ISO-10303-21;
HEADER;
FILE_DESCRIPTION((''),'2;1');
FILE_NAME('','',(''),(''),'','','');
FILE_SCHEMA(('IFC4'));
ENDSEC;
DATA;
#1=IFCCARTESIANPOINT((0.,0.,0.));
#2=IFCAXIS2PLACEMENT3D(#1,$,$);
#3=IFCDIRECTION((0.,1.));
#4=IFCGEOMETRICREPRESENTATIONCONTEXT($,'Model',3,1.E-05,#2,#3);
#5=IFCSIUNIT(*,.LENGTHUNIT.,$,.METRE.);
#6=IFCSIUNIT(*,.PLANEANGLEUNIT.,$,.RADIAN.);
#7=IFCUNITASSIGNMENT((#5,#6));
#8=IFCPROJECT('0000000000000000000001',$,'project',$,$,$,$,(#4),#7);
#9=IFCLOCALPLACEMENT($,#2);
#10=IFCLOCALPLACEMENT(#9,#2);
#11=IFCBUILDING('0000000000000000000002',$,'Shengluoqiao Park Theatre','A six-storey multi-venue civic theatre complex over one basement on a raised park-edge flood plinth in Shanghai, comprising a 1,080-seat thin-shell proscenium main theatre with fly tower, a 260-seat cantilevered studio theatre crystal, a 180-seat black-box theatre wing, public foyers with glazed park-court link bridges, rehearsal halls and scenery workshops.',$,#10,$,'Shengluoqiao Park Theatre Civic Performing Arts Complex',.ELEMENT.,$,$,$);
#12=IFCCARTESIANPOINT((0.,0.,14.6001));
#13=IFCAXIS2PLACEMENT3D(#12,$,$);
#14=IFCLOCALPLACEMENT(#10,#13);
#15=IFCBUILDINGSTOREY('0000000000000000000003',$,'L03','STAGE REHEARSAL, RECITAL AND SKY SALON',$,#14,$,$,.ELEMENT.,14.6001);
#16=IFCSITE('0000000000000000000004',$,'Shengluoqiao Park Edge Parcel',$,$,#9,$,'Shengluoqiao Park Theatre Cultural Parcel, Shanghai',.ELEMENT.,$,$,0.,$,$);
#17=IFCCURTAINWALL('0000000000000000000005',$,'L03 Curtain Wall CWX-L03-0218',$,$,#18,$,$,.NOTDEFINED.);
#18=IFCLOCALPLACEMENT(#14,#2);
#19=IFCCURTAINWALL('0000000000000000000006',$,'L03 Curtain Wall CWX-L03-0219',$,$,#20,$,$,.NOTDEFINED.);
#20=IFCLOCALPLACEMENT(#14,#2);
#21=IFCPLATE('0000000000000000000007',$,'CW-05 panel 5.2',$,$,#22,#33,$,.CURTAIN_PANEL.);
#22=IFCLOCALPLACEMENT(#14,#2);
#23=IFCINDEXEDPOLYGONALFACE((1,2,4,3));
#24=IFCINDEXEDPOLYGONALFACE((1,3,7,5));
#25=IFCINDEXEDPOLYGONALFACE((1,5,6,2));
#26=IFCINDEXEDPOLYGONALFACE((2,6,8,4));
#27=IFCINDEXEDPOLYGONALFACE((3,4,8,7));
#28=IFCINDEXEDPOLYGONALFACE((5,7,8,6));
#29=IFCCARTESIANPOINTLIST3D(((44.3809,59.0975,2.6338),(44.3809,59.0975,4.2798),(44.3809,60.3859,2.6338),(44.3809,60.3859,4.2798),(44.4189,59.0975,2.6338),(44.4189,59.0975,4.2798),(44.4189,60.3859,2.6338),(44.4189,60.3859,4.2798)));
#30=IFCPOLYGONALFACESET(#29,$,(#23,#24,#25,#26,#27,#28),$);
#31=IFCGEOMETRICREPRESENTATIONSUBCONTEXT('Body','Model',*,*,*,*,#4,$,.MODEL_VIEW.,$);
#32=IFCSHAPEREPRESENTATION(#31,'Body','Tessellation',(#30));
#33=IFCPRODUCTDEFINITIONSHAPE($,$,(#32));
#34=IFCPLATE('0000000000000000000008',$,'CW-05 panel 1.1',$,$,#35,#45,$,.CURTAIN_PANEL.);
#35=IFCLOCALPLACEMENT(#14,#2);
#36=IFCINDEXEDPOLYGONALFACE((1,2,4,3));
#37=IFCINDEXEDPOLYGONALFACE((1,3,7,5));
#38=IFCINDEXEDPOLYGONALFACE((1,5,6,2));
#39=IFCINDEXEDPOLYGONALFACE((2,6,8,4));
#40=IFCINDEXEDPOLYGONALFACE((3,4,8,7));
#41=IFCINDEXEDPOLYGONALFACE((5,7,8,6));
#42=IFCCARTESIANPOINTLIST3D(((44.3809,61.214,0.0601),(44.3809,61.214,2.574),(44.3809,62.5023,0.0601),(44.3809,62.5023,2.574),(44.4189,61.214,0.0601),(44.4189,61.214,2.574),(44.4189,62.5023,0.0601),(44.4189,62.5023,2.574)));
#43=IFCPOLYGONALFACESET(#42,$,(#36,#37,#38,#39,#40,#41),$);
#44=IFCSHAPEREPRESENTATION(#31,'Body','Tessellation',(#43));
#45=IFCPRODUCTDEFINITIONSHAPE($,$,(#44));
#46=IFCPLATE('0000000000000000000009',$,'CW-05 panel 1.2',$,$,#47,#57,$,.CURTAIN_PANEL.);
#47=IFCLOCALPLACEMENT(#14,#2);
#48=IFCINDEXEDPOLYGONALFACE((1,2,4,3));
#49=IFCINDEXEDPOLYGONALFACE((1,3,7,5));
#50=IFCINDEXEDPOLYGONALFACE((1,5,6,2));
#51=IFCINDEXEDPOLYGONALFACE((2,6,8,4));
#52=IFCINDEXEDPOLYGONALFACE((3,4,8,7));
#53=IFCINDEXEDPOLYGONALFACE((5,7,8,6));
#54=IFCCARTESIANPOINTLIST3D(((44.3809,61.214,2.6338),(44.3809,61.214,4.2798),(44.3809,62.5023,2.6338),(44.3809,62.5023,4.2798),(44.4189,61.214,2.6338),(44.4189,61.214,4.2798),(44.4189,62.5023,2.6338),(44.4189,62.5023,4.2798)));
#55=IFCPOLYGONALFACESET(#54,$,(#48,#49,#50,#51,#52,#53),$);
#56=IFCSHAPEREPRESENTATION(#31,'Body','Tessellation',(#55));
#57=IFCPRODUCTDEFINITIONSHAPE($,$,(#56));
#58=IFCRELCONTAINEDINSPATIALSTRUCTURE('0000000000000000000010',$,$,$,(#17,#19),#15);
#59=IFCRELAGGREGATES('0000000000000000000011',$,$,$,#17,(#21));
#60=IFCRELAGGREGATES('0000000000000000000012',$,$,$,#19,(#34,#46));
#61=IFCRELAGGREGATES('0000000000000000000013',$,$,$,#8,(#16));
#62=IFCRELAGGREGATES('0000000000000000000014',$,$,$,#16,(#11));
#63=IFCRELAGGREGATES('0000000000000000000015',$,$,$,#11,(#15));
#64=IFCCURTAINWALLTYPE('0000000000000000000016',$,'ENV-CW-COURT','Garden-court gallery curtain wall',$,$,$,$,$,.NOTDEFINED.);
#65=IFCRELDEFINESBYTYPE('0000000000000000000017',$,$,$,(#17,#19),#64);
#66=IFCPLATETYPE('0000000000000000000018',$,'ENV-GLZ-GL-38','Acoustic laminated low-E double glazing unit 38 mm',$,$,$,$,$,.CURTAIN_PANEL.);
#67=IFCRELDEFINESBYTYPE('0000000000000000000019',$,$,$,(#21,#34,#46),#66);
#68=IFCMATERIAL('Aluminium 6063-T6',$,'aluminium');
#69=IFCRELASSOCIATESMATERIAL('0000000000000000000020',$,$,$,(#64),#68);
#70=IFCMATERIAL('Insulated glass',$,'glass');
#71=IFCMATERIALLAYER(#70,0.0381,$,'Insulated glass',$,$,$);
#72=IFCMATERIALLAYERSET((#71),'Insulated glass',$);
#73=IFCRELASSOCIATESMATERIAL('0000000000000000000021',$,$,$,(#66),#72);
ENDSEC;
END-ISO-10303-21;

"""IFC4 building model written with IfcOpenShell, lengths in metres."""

from ifc_helpers import new_model, si_unit, direction, frame, origin, origin_2d, place, context, subcontext, project, spatial, rectangle, extrude, material, layer, layer_set, type_object, element, aggregate, save


model = new_model("IFC4")

# Units and contexts
model_context = context("Model", 3, precision=1e-05, world=origin(), true_north=direction((0.0, 1.0)))
body_context = subcontext(model_context, "Body", "Model", "MODEL_VIEW")
ifc_project = project(units=[si_unit("LENGTHUNIT", "METRE"), si_unit("PLANEANGLEUNIT", "RADIAN")], contexts=[model_context])

# Site, building, storey
site_placement = place(None, origin())
site = spatial("IfcSite", under=ifc_project, at=site_placement, Name="Shengluoqiao Park Edge Parcel", LongName="Shengluoqiao Park Theatre Cultural Parcel, Shanghai", CompositionType="ELEMENT", RefElevation=0.0)
building_placement = place(site_placement, origin())
building = spatial("IfcBuilding", under=site, at=building_placement, Name="Shengluoqiao Park Theatre", Description="A six-storey multi-venue civic theatre complex over one basement on a raised park-edge flood plinth in Shanghai, comprising a 1,080-seat thin-shell proscenium main theatre with fly tower, a 260-seat cantilevered studio theatre crystal, a 180-seat black-box theatre wing, public foyers with glazed park-court link bridges, rehearsal halls and scenery workshops.", LongName="Shengluoqiao Park Theatre Civic Performing Arts Complex", CompositionType="ELEMENT")
storey_placement = place(building_placement, frame((0.0, 0.0, 14.6001)))
storey = spatial("IfcBuildingStorey", under=building, at=storey_placement, Name="L03", Description="STAGE REHEARSAL, RECITAL AND SKY SALON", CompositionType="ELEMENT", Elevation=14.6001)

# Curtain walls
ifc_material_1 = material(Name="Aluminium 6063-T6", Category="aluminium")
curtain_wall_type = type_object("IfcCurtainWallType", Name="ENV-CW-COURT", Description="Garden-court gallery curtain wall", PredefinedType="NOTDEFINED", material=ifc_material_1)
curtain_wall_1_placement = place(storey_placement, origin())
curtain_wall_1 = element("IfcCurtainWall", 1, at=curtain_wall_1_placement, inside=storey, type_object=curtain_wall_type, Name="L03 Curtain Wall CWX-L03-0218", PredefinedType="NOTDEFINED")
curtain_wall_2_placement = place(storey_placement, origin())
curtain_wall_2 = element("IfcCurtainWall", 2, at=curtain_wall_2_placement, inside=storey, type_object=curtain_wall_type, Name="L03 Curtain Wall CWX-L03-0219", PredefinedType="NOTDEFINED")

# Plates
ifc_material_2 = material(Name="Insulated glass", Category="glass")
ifc_layer = layer(ifc_material_2, 0.0381, Name="Insulated glass")
ifc_layer_set = layer_set([ifc_layer], Name="Insulated glass")
plate_type = type_object("IfcPlateType", Name="ENV-GLZ-GL-38", Description="Acoustic laminated low-E double glazing unit 38 mm", PredefinedType="CURTAIN_PANEL", material=ifc_layer_set)
plate_1_placement = place(storey_placement, frame((44.3999, 59.7417, 2.6338), z_axis=(0.0, 0.0, 1.0), x_axis=(0.0, 1.0, 0.0)))
plate_1 = element("IfcPlate", 3, at=plate_1_placement, type_object=plate_type, Name="CW-05 panel 5.2", PredefinedType="CURTAIN_PANEL", context=body_context, shape_type="SweptSolid", body=[
    extrude(rectangle(XDim=1.2883, YDim=0.0381, at=origin_2d()), origin(), (0.0, 0.0, 1.0), 1.646),
])
aggregate(curtain_wall_1, [plate_1])
plate_2_placement = place(storey_placement, frame((44.3999, 61.8582, 0.0601), z_axis=(0.0, 0.0, 1.0), x_axis=(0.0, 1.0, 0.0)))
plate_2 = element("IfcPlate", 4, at=plate_2_placement, type_object=plate_type, Name="CW-05 panel 1.1", PredefinedType="CURTAIN_PANEL", context=body_context, shape_type="SweptSolid", body=[
    extrude(rectangle(XDim=1.2883, YDim=0.0381, at=origin_2d()), origin(), (0.0, 0.0, 1.0), 2.5139),
])
plate_3_placement = place(storey_placement, frame((44.3999, 61.8582, 2.6338), z_axis=(0.0, 0.0, 1.0), x_axis=(0.0, 1.0, 0.0)))
plate_3 = element("IfcPlate", 5, at=plate_3_placement, type_object=plate_type, Name="CW-05 panel 1.2", PredefinedType="CURTAIN_PANEL", context=body_context, shape_type="SweptSolid", body=[
    extrude(rectangle(XDim=1.2883, YDim=0.0381, at=origin_2d()), origin(), (0.0, 0.0, 1.0), 1.646),
])
aggregate(curtain_wall_2, [plate_2, plate_3])

save(model, "model.ifc")
